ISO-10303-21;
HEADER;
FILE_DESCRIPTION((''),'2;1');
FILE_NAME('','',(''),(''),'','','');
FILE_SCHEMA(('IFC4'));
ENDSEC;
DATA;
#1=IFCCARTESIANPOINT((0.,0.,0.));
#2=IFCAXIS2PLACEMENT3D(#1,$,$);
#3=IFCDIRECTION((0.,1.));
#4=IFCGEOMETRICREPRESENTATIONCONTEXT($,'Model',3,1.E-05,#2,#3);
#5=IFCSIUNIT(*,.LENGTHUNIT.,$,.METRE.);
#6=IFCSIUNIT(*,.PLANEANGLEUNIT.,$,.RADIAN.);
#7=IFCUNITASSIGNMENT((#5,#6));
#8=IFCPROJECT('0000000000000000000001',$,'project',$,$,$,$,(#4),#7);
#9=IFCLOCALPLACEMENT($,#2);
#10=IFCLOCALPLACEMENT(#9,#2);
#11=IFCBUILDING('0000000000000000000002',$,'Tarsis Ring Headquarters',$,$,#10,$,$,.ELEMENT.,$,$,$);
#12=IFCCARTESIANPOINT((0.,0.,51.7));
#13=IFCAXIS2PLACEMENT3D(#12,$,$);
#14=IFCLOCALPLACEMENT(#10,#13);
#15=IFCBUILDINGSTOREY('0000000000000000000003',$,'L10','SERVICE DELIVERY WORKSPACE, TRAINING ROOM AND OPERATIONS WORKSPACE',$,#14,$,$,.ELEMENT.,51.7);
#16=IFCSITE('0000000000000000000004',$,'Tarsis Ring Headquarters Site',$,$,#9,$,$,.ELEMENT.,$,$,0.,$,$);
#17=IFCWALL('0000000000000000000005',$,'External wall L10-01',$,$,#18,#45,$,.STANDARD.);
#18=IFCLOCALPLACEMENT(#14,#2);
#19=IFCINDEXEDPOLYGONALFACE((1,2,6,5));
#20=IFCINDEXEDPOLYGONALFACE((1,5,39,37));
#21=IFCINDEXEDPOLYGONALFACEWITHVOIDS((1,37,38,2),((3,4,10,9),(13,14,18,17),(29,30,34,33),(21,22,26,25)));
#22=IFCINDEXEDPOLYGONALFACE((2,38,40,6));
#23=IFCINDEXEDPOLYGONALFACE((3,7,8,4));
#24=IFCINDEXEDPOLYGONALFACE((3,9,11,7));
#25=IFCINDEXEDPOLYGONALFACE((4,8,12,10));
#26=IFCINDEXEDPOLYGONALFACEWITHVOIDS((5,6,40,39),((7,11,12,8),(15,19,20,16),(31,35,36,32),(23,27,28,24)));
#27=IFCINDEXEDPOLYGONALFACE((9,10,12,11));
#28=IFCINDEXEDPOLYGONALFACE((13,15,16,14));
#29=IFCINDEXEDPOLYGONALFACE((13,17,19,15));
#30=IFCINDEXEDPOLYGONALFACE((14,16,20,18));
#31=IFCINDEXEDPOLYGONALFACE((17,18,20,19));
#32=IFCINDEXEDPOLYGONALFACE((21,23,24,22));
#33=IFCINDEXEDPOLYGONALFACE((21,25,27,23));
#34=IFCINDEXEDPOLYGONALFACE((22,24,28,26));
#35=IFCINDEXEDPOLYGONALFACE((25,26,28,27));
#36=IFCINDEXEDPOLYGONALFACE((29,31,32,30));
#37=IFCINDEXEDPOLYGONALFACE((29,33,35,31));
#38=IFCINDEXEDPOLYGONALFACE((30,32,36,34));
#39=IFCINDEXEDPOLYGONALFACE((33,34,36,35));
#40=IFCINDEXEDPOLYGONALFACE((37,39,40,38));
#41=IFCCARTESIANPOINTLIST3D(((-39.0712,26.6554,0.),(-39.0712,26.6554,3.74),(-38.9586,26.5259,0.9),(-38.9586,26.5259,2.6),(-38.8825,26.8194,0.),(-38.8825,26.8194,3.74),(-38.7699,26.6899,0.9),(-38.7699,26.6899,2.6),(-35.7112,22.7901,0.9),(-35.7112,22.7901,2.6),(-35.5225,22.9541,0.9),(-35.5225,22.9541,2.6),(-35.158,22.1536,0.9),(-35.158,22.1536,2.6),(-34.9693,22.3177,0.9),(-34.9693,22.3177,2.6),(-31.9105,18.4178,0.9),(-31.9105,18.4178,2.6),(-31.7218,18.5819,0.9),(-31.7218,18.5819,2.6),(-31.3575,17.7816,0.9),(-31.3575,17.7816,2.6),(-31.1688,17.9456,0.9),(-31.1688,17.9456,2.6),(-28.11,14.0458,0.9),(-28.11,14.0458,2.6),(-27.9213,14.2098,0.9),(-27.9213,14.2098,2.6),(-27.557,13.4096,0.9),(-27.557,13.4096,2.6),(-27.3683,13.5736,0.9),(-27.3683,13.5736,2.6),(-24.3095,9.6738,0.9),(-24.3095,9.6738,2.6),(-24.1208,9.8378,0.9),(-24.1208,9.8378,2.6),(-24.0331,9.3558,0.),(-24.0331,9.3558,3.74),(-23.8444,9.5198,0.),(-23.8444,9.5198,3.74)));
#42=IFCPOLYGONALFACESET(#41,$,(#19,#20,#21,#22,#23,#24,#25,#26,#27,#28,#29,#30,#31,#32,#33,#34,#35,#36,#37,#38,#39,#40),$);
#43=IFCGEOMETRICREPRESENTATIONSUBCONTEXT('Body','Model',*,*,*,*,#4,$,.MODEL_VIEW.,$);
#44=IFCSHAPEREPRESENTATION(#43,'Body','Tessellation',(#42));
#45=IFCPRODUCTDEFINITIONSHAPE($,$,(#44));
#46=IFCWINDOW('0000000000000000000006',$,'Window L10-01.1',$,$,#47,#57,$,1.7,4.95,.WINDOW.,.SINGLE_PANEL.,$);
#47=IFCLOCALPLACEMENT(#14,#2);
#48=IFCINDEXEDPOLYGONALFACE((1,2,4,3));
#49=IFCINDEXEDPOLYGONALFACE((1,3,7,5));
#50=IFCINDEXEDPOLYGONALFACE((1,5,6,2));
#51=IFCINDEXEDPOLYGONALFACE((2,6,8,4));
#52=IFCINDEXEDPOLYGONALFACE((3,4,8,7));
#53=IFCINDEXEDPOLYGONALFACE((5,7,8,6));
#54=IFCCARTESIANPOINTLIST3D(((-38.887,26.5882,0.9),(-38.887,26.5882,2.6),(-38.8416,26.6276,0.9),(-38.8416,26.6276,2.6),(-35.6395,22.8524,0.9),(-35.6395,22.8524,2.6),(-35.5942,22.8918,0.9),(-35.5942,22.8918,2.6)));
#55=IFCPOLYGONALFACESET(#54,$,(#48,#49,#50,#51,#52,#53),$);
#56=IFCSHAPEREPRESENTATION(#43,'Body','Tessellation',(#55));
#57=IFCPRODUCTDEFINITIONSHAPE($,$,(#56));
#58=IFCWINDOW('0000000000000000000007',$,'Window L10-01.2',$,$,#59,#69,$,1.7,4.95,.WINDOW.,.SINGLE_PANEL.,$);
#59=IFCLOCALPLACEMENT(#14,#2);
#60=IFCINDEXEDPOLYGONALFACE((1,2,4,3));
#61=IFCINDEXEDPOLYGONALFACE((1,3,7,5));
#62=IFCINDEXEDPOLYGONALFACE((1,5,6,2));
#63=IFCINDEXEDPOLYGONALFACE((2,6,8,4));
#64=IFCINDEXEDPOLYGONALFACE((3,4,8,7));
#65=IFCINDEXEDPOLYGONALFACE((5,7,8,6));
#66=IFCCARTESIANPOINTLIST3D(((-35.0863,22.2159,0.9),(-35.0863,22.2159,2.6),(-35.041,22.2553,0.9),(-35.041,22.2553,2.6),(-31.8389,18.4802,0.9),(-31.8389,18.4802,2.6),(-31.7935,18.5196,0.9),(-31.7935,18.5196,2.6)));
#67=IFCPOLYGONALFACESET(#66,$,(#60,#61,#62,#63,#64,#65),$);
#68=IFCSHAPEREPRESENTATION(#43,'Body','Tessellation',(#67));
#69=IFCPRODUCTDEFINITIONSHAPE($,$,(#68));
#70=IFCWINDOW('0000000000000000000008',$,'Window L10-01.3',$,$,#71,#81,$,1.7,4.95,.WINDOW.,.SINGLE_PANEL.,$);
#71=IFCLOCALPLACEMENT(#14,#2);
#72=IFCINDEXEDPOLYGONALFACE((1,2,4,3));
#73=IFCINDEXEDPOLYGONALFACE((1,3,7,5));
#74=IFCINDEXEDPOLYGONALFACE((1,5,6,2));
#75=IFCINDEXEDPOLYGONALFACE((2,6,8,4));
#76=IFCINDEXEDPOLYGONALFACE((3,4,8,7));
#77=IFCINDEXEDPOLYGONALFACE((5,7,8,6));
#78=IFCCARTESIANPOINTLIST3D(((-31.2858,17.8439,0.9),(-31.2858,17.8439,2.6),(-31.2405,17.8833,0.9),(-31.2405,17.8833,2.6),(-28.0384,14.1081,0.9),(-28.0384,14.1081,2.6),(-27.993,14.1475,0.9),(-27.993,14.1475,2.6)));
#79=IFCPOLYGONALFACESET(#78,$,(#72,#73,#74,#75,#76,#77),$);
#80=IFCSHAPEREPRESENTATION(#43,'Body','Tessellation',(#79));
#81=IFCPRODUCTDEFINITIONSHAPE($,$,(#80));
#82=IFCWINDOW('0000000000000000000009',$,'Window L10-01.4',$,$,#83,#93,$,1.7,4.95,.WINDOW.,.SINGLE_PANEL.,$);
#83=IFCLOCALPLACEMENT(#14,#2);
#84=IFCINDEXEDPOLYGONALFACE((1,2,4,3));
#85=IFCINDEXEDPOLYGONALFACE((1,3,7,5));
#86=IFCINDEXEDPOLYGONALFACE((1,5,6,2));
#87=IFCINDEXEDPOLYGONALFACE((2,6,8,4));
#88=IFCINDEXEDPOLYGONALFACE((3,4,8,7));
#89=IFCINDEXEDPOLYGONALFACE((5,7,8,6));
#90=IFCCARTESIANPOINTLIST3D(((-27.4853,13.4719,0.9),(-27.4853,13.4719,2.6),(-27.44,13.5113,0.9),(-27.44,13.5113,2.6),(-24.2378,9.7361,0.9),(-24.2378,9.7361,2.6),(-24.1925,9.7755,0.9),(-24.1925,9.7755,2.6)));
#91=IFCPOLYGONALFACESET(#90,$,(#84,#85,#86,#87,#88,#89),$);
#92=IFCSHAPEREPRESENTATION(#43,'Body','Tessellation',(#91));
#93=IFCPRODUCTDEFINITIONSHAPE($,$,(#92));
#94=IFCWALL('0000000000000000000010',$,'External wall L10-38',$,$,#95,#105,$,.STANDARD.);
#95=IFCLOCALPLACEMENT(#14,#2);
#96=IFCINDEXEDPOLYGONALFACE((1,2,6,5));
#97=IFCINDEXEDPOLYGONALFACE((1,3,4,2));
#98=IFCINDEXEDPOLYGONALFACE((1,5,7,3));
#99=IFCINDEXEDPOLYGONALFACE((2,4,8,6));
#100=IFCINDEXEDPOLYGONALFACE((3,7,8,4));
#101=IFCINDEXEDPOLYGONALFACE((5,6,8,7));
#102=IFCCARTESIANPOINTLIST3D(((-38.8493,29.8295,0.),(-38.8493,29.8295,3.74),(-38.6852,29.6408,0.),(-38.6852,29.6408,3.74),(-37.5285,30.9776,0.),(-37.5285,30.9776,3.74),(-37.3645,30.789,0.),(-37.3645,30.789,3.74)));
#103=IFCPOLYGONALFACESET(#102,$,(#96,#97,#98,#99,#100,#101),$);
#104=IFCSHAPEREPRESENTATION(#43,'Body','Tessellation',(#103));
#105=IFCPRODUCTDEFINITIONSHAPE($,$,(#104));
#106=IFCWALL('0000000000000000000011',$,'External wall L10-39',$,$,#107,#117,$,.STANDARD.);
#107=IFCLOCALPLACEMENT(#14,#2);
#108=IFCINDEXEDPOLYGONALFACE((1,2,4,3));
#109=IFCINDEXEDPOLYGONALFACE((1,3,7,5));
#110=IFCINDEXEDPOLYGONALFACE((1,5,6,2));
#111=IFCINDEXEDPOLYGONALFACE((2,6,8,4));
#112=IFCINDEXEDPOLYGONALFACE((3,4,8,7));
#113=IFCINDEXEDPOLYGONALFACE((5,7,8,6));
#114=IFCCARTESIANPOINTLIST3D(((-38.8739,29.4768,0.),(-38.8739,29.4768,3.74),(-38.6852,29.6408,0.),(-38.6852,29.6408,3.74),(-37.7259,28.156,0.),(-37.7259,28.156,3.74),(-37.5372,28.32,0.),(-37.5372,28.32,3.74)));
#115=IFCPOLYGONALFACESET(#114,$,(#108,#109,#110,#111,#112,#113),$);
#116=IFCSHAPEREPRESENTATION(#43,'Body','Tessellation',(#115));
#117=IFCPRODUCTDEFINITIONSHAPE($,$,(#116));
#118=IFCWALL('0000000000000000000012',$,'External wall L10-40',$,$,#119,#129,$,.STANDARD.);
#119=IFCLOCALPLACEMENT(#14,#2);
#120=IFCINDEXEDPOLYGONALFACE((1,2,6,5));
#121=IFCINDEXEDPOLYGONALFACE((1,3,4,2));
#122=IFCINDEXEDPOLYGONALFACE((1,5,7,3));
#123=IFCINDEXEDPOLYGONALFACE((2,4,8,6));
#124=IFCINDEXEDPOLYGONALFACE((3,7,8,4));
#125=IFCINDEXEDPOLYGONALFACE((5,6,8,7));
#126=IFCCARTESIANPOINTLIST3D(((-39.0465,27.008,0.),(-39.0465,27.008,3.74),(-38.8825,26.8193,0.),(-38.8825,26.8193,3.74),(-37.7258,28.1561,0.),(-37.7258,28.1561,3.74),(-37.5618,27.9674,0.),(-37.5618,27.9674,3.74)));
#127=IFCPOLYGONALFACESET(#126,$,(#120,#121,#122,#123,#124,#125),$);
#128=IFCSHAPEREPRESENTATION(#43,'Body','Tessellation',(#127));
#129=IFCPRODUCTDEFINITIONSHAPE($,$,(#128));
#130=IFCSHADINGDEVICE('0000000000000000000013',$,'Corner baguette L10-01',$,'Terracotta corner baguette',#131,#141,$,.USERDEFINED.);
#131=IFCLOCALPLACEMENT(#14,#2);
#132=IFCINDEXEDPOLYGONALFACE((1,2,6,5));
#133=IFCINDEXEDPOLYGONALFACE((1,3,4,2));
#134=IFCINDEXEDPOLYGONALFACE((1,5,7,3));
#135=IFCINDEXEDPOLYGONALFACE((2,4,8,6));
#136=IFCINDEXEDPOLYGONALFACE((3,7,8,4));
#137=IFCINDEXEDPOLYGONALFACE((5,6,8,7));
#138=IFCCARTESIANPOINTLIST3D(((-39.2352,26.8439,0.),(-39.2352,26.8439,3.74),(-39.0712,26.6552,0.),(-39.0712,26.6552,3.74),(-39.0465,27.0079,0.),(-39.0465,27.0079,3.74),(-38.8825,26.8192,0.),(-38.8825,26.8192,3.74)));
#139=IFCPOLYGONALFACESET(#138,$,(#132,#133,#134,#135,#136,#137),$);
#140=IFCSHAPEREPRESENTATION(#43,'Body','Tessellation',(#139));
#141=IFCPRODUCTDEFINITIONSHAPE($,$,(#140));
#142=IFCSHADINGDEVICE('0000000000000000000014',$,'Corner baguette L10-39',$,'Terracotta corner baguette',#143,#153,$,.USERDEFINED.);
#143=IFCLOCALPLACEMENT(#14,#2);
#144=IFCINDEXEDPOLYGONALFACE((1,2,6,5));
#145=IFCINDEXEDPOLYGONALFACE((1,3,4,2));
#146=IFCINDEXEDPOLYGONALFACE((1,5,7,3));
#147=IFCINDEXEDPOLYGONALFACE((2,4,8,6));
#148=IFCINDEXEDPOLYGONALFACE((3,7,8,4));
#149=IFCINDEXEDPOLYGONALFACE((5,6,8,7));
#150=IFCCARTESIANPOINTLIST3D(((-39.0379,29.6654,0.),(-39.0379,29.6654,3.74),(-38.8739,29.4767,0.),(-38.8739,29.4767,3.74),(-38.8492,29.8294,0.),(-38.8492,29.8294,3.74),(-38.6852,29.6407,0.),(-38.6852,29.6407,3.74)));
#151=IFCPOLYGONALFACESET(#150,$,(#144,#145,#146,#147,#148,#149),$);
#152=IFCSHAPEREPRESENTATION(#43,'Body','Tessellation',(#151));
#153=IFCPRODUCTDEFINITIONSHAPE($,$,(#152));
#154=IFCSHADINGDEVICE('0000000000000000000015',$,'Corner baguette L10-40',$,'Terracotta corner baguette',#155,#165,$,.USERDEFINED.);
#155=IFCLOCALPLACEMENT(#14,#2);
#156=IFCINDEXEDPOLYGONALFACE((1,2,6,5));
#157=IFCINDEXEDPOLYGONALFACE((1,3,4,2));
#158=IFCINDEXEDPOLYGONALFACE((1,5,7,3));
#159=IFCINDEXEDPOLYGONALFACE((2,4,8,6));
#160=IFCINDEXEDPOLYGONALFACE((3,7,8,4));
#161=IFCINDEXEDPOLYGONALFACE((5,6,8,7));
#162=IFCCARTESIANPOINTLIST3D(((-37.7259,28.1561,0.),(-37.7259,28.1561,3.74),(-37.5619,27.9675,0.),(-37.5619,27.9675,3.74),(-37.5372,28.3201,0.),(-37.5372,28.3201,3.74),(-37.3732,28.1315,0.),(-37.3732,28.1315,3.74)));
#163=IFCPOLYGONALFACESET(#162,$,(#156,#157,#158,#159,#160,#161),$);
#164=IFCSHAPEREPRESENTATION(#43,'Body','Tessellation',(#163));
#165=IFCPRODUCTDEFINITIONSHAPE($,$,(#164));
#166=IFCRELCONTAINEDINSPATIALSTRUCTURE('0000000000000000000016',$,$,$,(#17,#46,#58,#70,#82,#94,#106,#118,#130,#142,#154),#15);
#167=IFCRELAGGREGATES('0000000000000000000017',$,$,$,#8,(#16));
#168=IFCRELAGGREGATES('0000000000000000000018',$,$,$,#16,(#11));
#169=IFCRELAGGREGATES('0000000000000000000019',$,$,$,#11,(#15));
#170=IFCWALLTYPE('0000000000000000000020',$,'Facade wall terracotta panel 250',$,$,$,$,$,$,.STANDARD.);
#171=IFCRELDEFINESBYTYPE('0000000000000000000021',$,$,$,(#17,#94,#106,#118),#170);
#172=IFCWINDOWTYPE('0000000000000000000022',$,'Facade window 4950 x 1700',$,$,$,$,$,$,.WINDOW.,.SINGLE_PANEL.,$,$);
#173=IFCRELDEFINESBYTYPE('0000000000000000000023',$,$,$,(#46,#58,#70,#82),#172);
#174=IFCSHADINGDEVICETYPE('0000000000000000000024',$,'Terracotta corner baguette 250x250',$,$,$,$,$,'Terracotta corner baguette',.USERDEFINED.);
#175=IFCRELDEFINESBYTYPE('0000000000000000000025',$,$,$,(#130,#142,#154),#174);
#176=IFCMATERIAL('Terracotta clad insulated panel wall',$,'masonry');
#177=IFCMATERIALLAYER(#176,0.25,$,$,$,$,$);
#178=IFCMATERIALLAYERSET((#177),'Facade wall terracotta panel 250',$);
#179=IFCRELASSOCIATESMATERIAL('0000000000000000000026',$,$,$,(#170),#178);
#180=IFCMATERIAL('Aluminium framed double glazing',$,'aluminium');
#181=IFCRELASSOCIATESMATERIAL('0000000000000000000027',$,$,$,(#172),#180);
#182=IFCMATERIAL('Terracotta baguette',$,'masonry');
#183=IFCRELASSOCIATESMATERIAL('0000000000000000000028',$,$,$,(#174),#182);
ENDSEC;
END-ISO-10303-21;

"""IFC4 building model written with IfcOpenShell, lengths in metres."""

from ifc_helpers import new_model, si_unit, direction, frame, frame_2d, origin, origin_2d, place, context, subcontext, project, spatial, rectangle, extrude, material, layer, layer_set, type_object, element, fill, save


model = new_model("IFC4")

# Units and contexts
model_context = context("Model", 3, precision=1e-05, world=origin(), true_north=direction((0.0, 1.0)))
body_context = subcontext(model_context, "Body", "Model", "MODEL_VIEW")
ifc_project = project(units=[si_unit("LENGTHUNIT", "METRE"), si_unit("PLANEANGLEUNIT", "RADIAN")], contexts=[model_context])

# Site, building, storey
site_placement = place(None, origin())
site = spatial("IfcSite", under=ifc_project, at=site_placement, Name="Tarsis Ring Headquarters Site", CompositionType="ELEMENT", RefElevation=0.0)
building_placement = place(site_placement, origin())
building = spatial("IfcBuilding", under=site, at=building_placement, Name="Tarsis Ring Headquarters", CompositionType="ELEMENT")
storey_placement = place(building_placement, frame((0.0, 0.0, 51.7)))
storey = spatial("IfcBuildingStorey", under=building, at=storey_placement, Name="L10", Description="SERVICE DELIVERY WORKSPACE, TRAINING ROOM AND OPERATIONS WORKSPACE", CompositionType="ELEMENT", Elevation=51.7)

# Wall, openings, windows
ifc_material_1 = material(Name="Terracotta clad insulated panel wall", Category="masonry")
ifc_layer_1 = layer(ifc_material_1, 0.25)
ifc_layer_set_1 = layer_set([ifc_layer_1], Name="Facade wall terracotta panel 250")
wall_type_1 = type_object("IfcWallType", Name="Facade wall terracotta panel 250", PredefinedType="STANDARD", material=ifc_layer_set_1)
wall_1_placement = place(storey_placement, frame((-38.9768, 26.7373, 0.0), z_axis=(0.0, 0.0, 1.0), x_axis=(0.656054, -0.754714, 0.0)))
wall_1 = element("IfcWall", 1, at=wall_1_placement, inside=storey, type_object=wall_type_1, Name="External wall L10-01", PredefinedType="STANDARD", context=body_context, shape_type="SweptSolid", body=[
    extrude(rectangle(XDim=22.9221, YDim=0.25, at=frame_2d((11.4609, 0.0))), origin(), (0.0, 0.0, 1.0), 3.74),
])
opening_1_placement = place(wall_1_placement, frame((0.1714, 0.0, 0.8999)))
opening_1 = element("IfcOpeningElement", 2, at=opening_1_placement, cuts=wall_1, PredefinedType="OPENING", context=body_context, shape_type="SweptSolid", body=[
    extrude(rectangle(XDim=4.95, YDim=1.7, at=frame_2d((2.4751, 0.8501))), frame((0.0, 0.135, 0.0), z_axis=(0.0, -1.0, 0.0), x_axis=(1.0, 0.0, 0.0)), (0.0, 0.0, 1.0), 0.27),
])
opening_2_placement = place(wall_1_placement, frame((5.9646, 0.0, 0.8999)))
opening_2 = element("IfcOpeningElement", 3, at=opening_2_placement, cuts=wall_1, PredefinedType="OPENING", context=body_context, shape_type="SweptSolid", body=[
    extrude(rectangle(XDim=4.95, YDim=1.7, at=frame_2d((2.4751, 0.8501))), frame((0.0, 0.135, 0.0), z_axis=(0.0, -1.0, 0.0), x_axis=(1.0, 0.0, 0.0)), (0.0, 0.0, 1.0), 0.27),
])
opening_3_placement = place(wall_1_placement, frame((11.7576, 0.0, 0.8999)))
opening_3 = element("IfcOpeningElement", 4, at=opening_3_placement, cuts=wall_1, PredefinedType="OPENING", context=body_context, shape_type="SweptSolid", body=[
    extrude(rectangle(XDim=4.95, YDim=1.7, at=frame_2d((2.4751, 0.8501))), frame((0.0, 0.135, 0.0), z_axis=(0.0, -1.0, 0.0), x_axis=(1.0, 0.0, 0.0)), (0.0, 0.0, 1.0), 0.27),
])
opening_4_placement = place(wall_1_placement, frame((17.5505, 0.0, 0.8999)))
opening_4 = element("IfcOpeningElement", 5, at=opening_4_placement, cuts=wall_1, PredefinedType="OPENING", context=body_context, shape_type="SweptSolid", body=[
    extrude(rectangle(XDim=4.95, YDim=1.7, at=frame_2d((2.4751, 0.8501))), frame((0.0, 0.135, 0.0), z_axis=(0.0, -1.0, 0.0), x_axis=(1.0, 0.0, 0.0)), (0.0, 0.0, 1.0), 0.27),
])
ifc_material_2 = material(Name="Aluminium framed double glazing", Category="aluminium")
window_type = type_object("IfcWindowType", Name="Facade window 4950 x 1700", PartitioningType="SINGLE_PANEL", PredefinedType="WINDOW", material=ifc_material_2)
window_1_placement = place(opening_1_placement, origin())
window_1 = element("IfcWindow", 6, at=window_1_placement, inside=storey, type_object=window_type, Name="Window L10-01.1", OverallHeight=1.7, OverallWidth=4.95, PartitioningType="SINGLE_PANEL", PredefinedType="WINDOW", context=body_context, shape_type="SweptSolid", body=[
    extrude(rectangle(XDim=4.95, YDim=1.7, at=frame_2d((2.4751, 0.8501))), frame((0.0, 0.03, 0.0), z_axis=(0.0, -1.0, 0.0), x_axis=(1.0, 0.0, 0.0)), (0.0, 0.0, 1.0), 0.0601),
])
fill(opening_1, window_1)
window_2_placement = place(opening_2_placement, origin())
window_2 = element("IfcWindow", 7, at=window_2_placement, inside=storey, type_object=window_type, Name="Window L10-01.2", OverallHeight=1.7, OverallWidth=4.95, PartitioningType="SINGLE_PANEL", PredefinedType="WINDOW", context=body_context, shape_type="SweptSolid", body=[
    extrude(rectangle(XDim=4.95, YDim=1.7, at=frame_2d((2.4751, 0.8501))), frame((0.0, 0.03, 0.0), z_axis=(0.0, -1.0, 0.0), x_axis=(1.0, 0.0, 0.0)), (0.0, 0.0, 1.0), 0.0601),
])
fill(opening_2, window_2)
window_3_placement = place(opening_3_placement, origin())
window_3 = element("IfcWindow", 8, at=window_3_placement, inside=storey, type_object=window_type, Name="Window L10-01.3", OverallHeight=1.7, OverallWidth=4.95, PartitioningType="SINGLE_PANEL", PredefinedType="WINDOW", context=body_context, shape_type="SweptSolid", body=[
    extrude(rectangle(XDim=4.95, YDim=1.7, at=frame_2d((2.4751, 0.8501))), frame((0.0, 0.03, 0.0), z_axis=(0.0, -1.0, 0.0), x_axis=(1.0, 0.0, 0.0)), (0.0, 0.0, 1.0), 0.0601),
])
fill(opening_3, window_3)
window_4_placement = place(opening_4_placement, origin())
window_4 = element("IfcWindow", 9, at=window_4_placement, inside=storey, type_object=window_type, Name="Window L10-01.4", OverallHeight=1.7, OverallWidth=4.95, PartitioningType="SINGLE_PANEL", PredefinedType="WINDOW", context=body_context, shape_type="SweptSolid", body=[
    extrude(rectangle(XDim=4.95, YDim=1.7, at=frame_2d((2.4751, 0.8501))), frame((0.0, 0.03, 0.0), z_axis=(0.0, -1.0, 0.0), x_axis=(1.0, 0.0, 0.0)), (0.0, 0.0, 1.0), 0.0601),
])
fill(opening_4, window_4)

# Walls
for number, where, z_axis, x_axis, name in (
    (10, (-37.4465, 30.8833, 0.0), (0.0, 0.0, 1.0), (-0.754699, -0.656072, 0.0), "External wall L10-38"),
    (11, (-38.7795, 29.5588, 0.0), (0.0, 0.0, 1.0), (0.655992, -0.754768, 0.0), "External wall L10-39"),
    (12, (-37.6438, 28.0618, 0.0), (0.0, 0.0, 1.0), (-0.754699, -0.656072, 0.0), "External wall L10-40"),
):
    element("IfcWall", number, at=place(storey_placement, frame(where, z_axis=z_axis, x_axis=x_axis)), inside=storey, type_object=wall_type_1, Name=name, PredefinedType="STANDARD", context=body_context, shape_type="SweptSolid", body=[
        extrude(rectangle(XDim=1.75, YDim=0.25, at=frame_2d((0.875, 0.0))), origin(), (0.0, 0.0, 1.0), 3.74),
    ])

# Shading devices
ifc_material_3 = material(Name="Terracotta baguette", Category="masonry")
shading_device_type_1 = type_object("IfcShadingDeviceType", Name="Terracotta corner baguette 250x250", ElementType="Terracotta corner baguette", PredefinedType="USERDEFINED", material=ifc_material_3)
for number, where, z_axis, x_axis, name in (
    (13, (-39.0588, 26.8315, 0.0), (0.0, 0.0, 1.0), (-0.754709, -0.656059, 0.0), "Corner baguette L10-01"),
    (14, (-38.8616, 29.6531, 0.0), (0.0, 0.0, 1.0), (-0.75471, -0.656059, 0.0), "Corner baguette L10-39"),
    (15, (-37.5496, 28.1438, 0.0), (0.0, 0.0, 1.0), (0.656059, -0.754709, 0.0), "Corner baguette L10-40"),
):
    element("IfcShadingDevice", number, at=place(storey_placement, frame(where, z_axis=z_axis, x_axis=x_axis)), inside=storey, type_object=shading_device_type_1, Name=name, ObjectType="Terracotta corner baguette", PredefinedType="USERDEFINED", context=body_context, shape_type="SweptSolid", body=[
        extrude(rectangle(XDim=0.25, YDim=0.25, at=origin_2d()), origin(), (0.0, 0.0, 1.0), 3.74),
    ])

save(model, "model.ifc")
